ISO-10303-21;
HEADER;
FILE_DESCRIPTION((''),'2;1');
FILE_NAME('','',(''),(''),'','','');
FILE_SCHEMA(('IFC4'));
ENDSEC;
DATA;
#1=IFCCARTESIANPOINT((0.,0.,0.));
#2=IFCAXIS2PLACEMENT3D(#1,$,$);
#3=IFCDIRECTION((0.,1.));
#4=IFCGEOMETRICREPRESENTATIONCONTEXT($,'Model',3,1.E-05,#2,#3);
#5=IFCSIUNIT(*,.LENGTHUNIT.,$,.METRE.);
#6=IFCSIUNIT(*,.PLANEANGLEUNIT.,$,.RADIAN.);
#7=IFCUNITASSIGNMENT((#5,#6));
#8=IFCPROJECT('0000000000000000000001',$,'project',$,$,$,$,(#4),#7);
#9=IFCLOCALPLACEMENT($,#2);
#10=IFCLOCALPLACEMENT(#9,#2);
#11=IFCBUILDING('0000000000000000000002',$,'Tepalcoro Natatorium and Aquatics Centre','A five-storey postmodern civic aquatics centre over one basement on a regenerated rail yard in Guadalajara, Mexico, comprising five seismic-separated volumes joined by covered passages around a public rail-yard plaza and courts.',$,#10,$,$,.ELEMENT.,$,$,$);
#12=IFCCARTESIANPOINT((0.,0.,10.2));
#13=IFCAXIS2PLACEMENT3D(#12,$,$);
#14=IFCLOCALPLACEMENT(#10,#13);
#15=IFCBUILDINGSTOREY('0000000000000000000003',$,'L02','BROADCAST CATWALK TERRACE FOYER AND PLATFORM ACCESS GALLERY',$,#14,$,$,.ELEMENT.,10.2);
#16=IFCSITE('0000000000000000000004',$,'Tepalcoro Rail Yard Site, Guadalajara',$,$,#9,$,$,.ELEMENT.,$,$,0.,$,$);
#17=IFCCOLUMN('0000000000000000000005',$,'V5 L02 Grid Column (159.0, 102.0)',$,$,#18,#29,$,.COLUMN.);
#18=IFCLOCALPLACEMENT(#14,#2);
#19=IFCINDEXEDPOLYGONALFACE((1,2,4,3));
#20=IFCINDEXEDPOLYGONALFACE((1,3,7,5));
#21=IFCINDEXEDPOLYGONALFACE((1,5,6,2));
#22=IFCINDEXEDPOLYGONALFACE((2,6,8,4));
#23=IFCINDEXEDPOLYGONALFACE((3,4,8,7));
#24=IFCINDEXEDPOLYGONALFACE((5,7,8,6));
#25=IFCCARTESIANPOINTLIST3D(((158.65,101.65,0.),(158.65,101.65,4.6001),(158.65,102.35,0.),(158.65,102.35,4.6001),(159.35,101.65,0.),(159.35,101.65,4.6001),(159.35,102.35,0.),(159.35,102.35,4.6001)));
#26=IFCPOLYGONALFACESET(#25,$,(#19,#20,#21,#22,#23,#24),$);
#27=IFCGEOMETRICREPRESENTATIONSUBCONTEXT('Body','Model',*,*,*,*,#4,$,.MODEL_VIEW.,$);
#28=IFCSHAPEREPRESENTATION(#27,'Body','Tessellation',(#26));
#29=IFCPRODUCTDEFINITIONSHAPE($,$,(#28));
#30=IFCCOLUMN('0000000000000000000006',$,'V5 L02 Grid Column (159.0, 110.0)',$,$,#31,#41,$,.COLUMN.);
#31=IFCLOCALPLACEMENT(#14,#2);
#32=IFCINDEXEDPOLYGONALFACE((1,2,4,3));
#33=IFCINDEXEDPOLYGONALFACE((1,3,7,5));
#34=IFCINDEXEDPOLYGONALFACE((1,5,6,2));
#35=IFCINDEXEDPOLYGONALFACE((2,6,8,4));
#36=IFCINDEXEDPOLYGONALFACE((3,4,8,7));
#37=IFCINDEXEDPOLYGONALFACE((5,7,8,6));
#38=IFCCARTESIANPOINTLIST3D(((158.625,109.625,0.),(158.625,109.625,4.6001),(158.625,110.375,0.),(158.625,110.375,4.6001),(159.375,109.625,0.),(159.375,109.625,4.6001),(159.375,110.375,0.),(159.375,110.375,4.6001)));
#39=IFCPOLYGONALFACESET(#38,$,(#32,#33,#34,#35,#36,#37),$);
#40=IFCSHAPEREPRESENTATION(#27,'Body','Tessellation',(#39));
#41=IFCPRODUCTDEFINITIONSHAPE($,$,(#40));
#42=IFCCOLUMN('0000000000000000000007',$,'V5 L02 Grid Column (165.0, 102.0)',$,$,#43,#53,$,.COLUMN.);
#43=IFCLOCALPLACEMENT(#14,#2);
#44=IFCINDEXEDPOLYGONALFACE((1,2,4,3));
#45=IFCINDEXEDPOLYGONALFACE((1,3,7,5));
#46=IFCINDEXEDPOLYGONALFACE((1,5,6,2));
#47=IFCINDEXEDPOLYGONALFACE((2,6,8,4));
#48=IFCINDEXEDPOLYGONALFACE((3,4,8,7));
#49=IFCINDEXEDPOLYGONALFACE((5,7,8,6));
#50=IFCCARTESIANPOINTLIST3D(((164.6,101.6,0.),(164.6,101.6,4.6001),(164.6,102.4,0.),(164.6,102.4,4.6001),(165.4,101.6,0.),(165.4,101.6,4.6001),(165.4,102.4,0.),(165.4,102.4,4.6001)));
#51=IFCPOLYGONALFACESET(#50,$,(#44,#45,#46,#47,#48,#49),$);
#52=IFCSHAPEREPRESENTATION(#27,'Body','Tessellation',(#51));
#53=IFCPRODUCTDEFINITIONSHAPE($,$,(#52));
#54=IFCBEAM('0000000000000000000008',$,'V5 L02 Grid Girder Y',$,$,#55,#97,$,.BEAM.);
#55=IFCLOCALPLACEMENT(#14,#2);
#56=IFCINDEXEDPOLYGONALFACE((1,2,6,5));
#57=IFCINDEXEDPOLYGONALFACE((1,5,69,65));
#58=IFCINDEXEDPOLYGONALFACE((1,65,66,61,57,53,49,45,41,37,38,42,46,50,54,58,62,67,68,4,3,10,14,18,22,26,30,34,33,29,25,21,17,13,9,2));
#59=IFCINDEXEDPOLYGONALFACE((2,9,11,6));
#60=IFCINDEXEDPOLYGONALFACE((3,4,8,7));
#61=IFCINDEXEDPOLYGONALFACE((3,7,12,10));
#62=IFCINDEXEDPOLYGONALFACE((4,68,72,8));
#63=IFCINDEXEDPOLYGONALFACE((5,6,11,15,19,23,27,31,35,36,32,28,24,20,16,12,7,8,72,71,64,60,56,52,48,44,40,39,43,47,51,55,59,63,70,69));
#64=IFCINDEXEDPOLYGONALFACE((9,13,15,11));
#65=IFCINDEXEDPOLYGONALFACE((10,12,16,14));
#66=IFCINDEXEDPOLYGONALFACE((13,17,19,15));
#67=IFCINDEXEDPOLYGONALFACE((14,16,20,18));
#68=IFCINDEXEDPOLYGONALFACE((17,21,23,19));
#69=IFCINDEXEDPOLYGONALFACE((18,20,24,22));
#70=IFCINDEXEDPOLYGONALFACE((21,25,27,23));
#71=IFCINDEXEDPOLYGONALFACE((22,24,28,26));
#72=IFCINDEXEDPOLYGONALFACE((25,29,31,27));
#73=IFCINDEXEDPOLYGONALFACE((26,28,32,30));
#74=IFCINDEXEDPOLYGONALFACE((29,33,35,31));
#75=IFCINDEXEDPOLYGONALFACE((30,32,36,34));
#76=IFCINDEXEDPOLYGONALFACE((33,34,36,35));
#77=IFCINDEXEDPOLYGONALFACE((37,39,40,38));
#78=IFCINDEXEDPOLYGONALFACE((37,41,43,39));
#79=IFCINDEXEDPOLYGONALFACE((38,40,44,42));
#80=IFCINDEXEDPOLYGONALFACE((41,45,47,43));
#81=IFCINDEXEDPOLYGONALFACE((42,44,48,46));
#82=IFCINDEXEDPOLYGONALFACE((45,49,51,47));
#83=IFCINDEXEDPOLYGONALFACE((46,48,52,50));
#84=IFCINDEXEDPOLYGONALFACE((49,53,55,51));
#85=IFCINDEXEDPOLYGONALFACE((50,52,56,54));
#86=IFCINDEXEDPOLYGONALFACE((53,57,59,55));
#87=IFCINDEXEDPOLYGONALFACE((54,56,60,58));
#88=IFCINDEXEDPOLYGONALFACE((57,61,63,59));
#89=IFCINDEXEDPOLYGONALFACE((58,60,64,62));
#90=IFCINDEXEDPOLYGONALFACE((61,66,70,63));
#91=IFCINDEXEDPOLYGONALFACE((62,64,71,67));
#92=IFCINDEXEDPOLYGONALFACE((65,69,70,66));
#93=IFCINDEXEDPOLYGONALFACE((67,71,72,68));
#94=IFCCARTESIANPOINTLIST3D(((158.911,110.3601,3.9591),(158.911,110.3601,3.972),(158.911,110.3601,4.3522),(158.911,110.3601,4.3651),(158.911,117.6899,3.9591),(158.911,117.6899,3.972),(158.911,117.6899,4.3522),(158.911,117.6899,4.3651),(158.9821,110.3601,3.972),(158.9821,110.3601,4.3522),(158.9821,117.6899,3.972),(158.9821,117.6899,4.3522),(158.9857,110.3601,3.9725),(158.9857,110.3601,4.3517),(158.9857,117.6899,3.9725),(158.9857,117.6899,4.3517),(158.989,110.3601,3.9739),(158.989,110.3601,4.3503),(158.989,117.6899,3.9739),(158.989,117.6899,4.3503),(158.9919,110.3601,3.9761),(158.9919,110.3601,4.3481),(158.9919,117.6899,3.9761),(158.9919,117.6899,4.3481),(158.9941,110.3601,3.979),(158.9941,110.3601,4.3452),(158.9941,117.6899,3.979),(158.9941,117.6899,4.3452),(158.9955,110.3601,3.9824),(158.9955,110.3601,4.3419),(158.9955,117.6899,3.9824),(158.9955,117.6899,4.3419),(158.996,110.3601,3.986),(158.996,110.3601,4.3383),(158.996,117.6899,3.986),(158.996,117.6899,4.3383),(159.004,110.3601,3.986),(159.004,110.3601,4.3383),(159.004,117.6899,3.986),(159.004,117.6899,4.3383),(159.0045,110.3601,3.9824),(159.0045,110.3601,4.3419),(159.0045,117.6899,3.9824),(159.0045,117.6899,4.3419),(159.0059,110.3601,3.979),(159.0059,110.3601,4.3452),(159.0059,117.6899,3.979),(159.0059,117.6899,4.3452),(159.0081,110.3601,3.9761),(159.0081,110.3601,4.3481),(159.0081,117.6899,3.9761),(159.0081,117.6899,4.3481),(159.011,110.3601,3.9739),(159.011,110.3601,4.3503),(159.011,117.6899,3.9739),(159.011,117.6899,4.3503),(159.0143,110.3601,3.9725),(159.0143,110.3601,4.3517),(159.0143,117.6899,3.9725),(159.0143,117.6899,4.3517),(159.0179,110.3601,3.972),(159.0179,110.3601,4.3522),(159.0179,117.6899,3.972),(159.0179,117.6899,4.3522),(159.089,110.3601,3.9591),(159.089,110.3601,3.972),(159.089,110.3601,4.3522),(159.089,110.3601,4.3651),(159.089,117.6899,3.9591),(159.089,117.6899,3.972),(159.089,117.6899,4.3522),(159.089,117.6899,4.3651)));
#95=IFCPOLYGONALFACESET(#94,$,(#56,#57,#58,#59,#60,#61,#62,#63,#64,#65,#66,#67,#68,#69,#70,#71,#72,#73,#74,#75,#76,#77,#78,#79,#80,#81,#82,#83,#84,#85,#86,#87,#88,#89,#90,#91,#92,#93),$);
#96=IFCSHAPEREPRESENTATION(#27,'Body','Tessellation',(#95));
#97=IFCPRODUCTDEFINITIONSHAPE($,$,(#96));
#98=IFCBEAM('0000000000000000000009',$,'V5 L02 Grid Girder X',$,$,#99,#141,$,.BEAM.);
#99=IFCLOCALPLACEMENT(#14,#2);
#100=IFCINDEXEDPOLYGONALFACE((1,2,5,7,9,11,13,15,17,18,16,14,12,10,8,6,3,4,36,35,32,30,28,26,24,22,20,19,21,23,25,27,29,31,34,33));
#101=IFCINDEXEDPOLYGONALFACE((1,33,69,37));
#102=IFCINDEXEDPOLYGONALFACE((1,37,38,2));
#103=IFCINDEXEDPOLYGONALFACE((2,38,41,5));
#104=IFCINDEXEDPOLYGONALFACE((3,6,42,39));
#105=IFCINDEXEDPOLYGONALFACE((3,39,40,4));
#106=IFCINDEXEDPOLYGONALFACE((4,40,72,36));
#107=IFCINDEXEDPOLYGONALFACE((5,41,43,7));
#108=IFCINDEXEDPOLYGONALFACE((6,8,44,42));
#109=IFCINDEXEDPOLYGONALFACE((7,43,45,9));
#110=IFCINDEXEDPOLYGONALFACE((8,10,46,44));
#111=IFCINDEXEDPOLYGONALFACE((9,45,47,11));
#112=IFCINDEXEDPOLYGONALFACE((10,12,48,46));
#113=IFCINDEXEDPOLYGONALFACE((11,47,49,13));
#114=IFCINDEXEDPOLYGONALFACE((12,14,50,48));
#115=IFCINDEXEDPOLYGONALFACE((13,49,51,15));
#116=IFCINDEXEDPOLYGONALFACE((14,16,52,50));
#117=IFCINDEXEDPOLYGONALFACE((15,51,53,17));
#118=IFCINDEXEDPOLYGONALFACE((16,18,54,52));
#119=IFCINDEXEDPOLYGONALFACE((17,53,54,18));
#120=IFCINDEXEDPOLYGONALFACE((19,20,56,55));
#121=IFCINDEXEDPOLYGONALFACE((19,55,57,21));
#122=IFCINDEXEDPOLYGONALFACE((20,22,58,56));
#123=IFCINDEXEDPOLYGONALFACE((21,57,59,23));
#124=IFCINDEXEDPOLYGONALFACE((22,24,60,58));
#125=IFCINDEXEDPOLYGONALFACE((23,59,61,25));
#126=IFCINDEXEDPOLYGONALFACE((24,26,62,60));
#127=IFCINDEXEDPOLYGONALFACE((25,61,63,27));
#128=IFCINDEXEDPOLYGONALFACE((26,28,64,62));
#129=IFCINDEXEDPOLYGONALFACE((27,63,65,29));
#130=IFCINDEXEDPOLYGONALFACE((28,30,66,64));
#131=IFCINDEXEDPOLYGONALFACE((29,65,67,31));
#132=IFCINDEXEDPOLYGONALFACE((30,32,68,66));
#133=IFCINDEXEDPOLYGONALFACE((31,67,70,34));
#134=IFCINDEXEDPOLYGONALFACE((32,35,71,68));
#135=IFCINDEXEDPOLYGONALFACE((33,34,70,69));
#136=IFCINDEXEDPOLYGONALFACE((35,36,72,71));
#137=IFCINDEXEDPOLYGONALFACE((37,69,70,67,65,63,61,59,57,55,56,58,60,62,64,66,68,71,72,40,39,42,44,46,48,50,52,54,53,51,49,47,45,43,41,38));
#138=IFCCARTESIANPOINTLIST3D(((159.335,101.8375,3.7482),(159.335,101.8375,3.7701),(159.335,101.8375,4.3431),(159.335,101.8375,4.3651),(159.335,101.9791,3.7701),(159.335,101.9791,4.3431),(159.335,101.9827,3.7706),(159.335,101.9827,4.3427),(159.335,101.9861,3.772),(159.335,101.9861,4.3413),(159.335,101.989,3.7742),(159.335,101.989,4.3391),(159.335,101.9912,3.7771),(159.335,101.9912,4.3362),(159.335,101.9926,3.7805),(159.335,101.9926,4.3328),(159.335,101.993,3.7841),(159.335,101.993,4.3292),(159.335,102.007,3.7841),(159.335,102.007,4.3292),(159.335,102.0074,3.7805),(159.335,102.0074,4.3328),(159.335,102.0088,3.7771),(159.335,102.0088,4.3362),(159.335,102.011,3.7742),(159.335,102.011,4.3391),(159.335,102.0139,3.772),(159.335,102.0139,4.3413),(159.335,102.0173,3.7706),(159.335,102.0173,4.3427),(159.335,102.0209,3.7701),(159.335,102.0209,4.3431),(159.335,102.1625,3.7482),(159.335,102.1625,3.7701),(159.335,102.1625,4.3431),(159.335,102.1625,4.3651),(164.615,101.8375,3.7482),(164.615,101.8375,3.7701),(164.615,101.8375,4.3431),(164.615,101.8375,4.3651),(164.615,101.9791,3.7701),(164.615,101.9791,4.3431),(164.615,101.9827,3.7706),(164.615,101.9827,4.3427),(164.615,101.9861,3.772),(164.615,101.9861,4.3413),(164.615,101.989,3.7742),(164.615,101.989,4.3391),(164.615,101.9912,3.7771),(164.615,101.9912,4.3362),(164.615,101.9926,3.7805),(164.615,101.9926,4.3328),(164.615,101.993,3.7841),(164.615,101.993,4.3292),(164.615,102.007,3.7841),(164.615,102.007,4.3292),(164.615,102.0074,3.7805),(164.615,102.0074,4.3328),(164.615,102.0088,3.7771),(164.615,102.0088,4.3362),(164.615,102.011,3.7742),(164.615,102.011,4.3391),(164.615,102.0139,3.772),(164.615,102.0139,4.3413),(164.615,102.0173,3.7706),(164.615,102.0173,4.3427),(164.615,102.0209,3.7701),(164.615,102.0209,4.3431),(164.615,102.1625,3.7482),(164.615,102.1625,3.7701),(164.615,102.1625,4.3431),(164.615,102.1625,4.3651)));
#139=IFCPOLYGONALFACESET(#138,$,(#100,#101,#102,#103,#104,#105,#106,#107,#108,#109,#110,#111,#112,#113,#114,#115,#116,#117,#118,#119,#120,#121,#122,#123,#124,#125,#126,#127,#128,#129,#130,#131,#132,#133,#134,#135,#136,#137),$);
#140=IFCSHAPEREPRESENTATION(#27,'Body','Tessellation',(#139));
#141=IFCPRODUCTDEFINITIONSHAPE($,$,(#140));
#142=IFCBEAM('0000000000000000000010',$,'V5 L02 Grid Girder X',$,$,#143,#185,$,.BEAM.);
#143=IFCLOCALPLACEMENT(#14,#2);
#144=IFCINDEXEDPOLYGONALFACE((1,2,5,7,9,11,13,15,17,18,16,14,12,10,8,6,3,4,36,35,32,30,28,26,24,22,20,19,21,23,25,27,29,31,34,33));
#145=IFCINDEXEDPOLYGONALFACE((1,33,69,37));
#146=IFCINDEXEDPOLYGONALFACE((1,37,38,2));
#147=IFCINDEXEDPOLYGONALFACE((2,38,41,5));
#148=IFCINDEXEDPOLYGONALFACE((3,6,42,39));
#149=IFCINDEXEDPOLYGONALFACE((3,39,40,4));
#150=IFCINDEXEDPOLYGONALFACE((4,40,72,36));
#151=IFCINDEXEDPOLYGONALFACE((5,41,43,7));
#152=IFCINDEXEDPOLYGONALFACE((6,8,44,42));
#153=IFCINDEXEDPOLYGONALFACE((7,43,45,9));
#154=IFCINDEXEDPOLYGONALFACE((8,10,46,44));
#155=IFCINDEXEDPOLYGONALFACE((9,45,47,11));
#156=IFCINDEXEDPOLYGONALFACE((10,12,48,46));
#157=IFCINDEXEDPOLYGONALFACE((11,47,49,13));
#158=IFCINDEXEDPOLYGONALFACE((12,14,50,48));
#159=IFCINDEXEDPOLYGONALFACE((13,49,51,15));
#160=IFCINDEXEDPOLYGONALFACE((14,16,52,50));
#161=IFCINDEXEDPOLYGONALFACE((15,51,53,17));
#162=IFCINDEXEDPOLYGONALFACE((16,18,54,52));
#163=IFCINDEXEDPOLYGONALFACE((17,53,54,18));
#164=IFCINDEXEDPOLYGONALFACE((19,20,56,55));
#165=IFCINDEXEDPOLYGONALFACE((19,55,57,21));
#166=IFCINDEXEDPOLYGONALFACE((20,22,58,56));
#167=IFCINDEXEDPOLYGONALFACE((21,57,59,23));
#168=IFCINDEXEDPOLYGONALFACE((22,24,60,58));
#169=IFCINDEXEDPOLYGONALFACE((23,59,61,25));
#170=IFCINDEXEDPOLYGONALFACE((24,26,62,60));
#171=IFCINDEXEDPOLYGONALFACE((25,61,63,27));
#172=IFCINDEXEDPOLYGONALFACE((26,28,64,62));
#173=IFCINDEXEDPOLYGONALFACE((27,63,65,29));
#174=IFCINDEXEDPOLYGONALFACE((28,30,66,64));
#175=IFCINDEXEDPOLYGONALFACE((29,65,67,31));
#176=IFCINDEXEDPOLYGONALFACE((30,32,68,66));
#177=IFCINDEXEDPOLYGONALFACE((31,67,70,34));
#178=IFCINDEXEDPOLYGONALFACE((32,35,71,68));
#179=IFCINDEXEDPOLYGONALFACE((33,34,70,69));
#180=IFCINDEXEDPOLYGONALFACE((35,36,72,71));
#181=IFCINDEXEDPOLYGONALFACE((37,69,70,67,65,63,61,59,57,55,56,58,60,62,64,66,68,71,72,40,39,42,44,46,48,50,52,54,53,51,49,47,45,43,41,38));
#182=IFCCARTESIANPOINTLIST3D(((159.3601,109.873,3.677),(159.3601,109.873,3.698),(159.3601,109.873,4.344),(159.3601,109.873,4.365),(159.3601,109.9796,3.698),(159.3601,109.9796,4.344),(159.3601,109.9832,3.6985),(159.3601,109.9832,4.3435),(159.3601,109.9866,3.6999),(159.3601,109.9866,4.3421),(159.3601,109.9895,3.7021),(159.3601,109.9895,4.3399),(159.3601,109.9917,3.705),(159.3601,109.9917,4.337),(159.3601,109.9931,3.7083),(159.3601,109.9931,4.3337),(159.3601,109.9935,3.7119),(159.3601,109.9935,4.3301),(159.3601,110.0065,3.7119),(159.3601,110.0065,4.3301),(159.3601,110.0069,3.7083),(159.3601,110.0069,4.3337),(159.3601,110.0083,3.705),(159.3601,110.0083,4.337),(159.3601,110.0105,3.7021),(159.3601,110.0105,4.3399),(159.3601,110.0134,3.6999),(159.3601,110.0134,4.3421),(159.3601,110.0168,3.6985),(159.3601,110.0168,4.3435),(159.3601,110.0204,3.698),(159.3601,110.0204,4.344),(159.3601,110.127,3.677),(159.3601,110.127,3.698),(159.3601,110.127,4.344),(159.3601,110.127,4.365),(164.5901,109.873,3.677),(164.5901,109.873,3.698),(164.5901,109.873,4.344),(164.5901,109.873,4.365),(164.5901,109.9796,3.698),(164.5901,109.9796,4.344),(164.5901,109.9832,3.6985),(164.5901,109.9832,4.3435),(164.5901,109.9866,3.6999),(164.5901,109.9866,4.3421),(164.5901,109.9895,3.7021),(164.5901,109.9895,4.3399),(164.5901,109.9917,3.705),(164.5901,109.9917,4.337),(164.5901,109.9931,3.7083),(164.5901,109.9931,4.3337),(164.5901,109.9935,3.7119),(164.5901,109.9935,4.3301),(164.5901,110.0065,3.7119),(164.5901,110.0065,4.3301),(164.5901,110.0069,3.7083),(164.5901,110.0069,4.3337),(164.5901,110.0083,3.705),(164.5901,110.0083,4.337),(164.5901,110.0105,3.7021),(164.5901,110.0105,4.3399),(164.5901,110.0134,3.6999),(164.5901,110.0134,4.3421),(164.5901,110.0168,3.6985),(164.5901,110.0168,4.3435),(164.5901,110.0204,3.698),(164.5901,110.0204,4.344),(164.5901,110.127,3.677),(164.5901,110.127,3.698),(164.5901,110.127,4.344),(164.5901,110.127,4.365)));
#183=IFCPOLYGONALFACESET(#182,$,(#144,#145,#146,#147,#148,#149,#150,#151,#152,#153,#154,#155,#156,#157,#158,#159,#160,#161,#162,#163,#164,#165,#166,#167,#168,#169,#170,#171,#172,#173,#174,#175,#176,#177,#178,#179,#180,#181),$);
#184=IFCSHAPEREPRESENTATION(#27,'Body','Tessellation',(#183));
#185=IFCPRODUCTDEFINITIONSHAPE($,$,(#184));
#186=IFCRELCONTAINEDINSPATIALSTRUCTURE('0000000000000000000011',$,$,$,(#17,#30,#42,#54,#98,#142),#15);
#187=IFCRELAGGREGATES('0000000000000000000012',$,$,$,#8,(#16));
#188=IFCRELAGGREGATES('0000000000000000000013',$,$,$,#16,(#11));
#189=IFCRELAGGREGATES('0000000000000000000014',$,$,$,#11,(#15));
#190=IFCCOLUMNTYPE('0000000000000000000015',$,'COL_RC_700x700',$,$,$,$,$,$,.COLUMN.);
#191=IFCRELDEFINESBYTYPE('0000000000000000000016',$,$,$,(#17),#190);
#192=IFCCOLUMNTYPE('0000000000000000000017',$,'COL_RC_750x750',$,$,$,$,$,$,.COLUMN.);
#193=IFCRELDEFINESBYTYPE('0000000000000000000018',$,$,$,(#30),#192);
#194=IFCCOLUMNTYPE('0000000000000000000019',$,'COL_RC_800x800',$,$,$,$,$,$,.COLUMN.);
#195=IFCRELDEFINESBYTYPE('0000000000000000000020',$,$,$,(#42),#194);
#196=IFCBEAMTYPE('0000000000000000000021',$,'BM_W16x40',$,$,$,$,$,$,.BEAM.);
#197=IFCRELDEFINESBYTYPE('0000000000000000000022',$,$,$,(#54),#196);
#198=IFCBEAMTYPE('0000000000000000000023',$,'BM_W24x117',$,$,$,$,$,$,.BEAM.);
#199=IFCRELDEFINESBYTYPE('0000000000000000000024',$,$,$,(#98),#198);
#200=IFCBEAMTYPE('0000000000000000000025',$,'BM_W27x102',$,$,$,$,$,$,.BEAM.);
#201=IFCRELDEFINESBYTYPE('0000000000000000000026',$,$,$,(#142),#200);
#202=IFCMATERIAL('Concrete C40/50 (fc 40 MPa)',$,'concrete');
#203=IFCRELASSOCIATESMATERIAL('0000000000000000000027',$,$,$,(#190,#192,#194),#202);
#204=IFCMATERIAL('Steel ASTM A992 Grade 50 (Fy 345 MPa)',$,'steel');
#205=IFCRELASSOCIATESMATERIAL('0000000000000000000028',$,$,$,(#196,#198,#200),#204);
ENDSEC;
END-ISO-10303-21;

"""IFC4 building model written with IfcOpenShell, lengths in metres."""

from ifc_helpers import new_model, si_unit, direction, frame, origin, origin_2d, place, context, subcontext, project, spatial, rectangle, i_section, extrude, material, material_profile, profile_set, type_object, element, save


model = new_model("IFC4")

# Units and contexts
model_context = context("Model", 3, precision=1e-05, world=origin(), true_north=direction((0.0, 1.0)))
body_context = subcontext(model_context, "Body", "Model", "MODEL_VIEW")
ifc_project = project(units=[si_unit("LENGTHUNIT", "METRE"), si_unit("PLANEANGLEUNIT", "RADIAN")], contexts=[model_context])

# Site, building, storey
site_placement = place(None, origin())
site = spatial("IfcSite", under=ifc_project, at=site_placement, Name="Tepalcoro Rail Yard Site, Guadalajara", CompositionType="ELEMENT", RefElevation=0.0)
building_placement = place(site_placement, origin())
building = spatial("IfcBuilding", under=site, at=building_placement, Name="Tepalcoro Natatorium and Aquatics Centre", Description="A five-storey postmodern civic aquatics centre over one basement on a regenerated rail yard in Guadalajara, Mexico, comprising five seismic-separated volumes joined by covered passages around a public rail-yard plaza and courts.", CompositionType="ELEMENT")
storey_placement = place(building_placement, frame((0.0, 0.0, 10.2)))
storey = spatial("IfcBuildingStorey", under=building, at=storey_placement, Name="L02", Description="BROADCAST CATWALK TERRACE FOYER AND PLATFORM ACCESS GALLERY", CompositionType="ELEMENT", Elevation=10.2)

# Columns
ifc_material_1 = material(Name="Concrete C40/50 (fc 40 MPa)", Category="concrete")
ifc_material_profile_1 = material_profile(ifc_material_1, rectangle(XDim=0.7, YDim=0.7, at=origin_2d()), Name="RC700x700")
ifc_profile_set_1 = profile_set([ifc_material_profile_1], Name="Concrete C40/50 (fc 40 MPa)")
column_type_1 = type_object("IfcColumnType", Name="COL_RC_700x700", PredefinedType="COLUMN", material=ifc_profile_set_1)
column_1_placement = place(storey_placement, frame((159.0, 102.0, 0.0), z_axis=(0.0, 0.0, 1.0), x_axis=(1.0, 0.0, 0.0)))
element("IfcColumn", 1, at=column_1_placement, inside=storey, type_object=column_type_1, Name="V5 L02 Grid Column (159.0, 102.0)", PredefinedType="COLUMN", context=body_context, shape_type="SweptSolid", body=[
    extrude(rectangle(XDim=0.7, YDim=0.7, at=origin_2d()), origin(), (0.0, 0.0, 1.0), 4.6001),
])
ifc_material_profile_2 = material_profile(ifc_material_1, rectangle(XDim=0.75, YDim=0.75, at=origin_2d()), Name="RC750x750")
ifc_profile_set_2 = profile_set([ifc_material_profile_2], Name="Concrete C40/50 (fc 40 MPa)")
column_type_2 = type_object("IfcColumnType", Name="COL_RC_750x750", PredefinedType="COLUMN", material=ifc_profile_set_2)
column_2_placement = place(storey_placement, frame((159.0, 110.0, 0.0), z_axis=(0.0, 0.0, 1.0), x_axis=(1.0, 0.0, 0.0)))
element("IfcColumn", 2, at=column_2_placement, inside=storey, type_object=column_type_2, Name="V5 L02 Grid Column (159.0, 110.0)", PredefinedType="COLUMN", context=body_context, shape_type="SweptSolid", body=[
    extrude(rectangle(XDim=0.75, YDim=0.75, at=origin_2d()), origin(), (0.0, 0.0, 1.0), 4.6001),
])
ifc_material_profile_3 = material_profile(ifc_material_1, rectangle(XDim=0.8, YDim=0.8, at=origin_2d()), Name="RC800x800")
ifc_profile_set_3 = profile_set([ifc_material_profile_3], Name="Concrete C40/50 (fc 40 MPa)")
column_type_3 = type_object("IfcColumnType", Name="COL_RC_800x800", PredefinedType="COLUMN", material=ifc_profile_set_3)
column_3_placement = place(storey_placement, frame((165.0, 102.0, 0.0), z_axis=(0.0, 0.0, 1.0), x_axis=(1.0, 0.0, 0.0)))
element("IfcColumn", 3, at=column_3_placement, inside=storey, type_object=column_type_3, Name="V5 L02 Grid Column (165.0, 102.0)", PredefinedType="COLUMN", context=body_context, shape_type="SweptSolid", body=[
    extrude(rectangle(XDim=0.8, YDim=0.8, at=origin_2d()), origin(), (0.0, 0.0, 1.0), 4.6001),
])

# Beams
ifc_material_2 = material(Name="Steel ASTM A992 Grade 50 (Fy 345 MPa)", Category="steel")
ifc_material_profile_4 = material_profile(ifc_material_2, i_section(OverallWidth=0.178, OverallDepth=0.406, WebThickness=0.0081, FlangeThickness=0.0129, FilletRadius=0.0139, at=origin_2d()), Name="W16X40")
ifc_profile_set_4 = profile_set([ifc_material_profile_4], Name="Steel ASTM A992 Grade 50 (Fy 345 MPa)")
beam_type_1 = type_object("IfcBeamType", Name="BM_W16x40", PredefinedType="BEAM", material=ifc_profile_set_4)
beam_1_placement = place(storey_placement, frame((159.0, 110.3601, 4.1621), z_axis=(0.0, 1.0, 0.0), x_axis=(-1.0, 0.0, 0.0)))
element("IfcBeam", 4, at=beam_1_placement, inside=storey, type_object=beam_type_1, Name="V5 L02 Grid Girder Y", PredefinedType="BEAM", context=body_context, shape_type="SweptSolid", body=[
    extrude(i_section(OverallWidth=0.178, OverallDepth=0.406, WebThickness=0.0081, FlangeThickness=0.0129, FilletRadius=0.0139, at=origin_2d()), origin(), (0.0, 0.0, 1.0), 7.3298),
])
ifc_material_profile_5 = material_profile(ifc_material_2, i_section(OverallWidth=0.325, OverallDepth=0.6169, WebThickness=0.0139, FlangeThickness=0.022, FilletRadius=0.0139, at=origin_2d()), Name="W24X117")
ifc_profile_set_5 = profile_set([ifc_material_profile_5], Name="Steel ASTM A992 Grade 50 (Fy 345 MPa)")
beam_type_2 = type_object("IfcBeamType", Name="BM_W24x117", PredefinedType="BEAM", material=ifc_profile_set_5)
beam_2_placement = place(storey_placement, frame((159.335, 102.0, 4.0566), z_axis=(1.0, 0.0, 0.0), x_axis=(0.0, 1.0, 0.0)))
element("IfcBeam", 5, at=beam_2_placement, inside=storey, type_object=beam_type_2, Name="V5 L02 Grid Girder X", PredefinedType="BEAM", context=body_context, shape_type="SweptSolid", body=[
    extrude(i_section(OverallWidth=0.325, OverallDepth=0.6169, WebThickness=0.0139, FlangeThickness=0.022, FilletRadius=0.0139, at=origin_2d()), origin(), (0.0, 0.0, 1.0), 5.28),
])
ifc_material_profile_6 = material_profile(ifc_material_2, i_section(OverallWidth=0.2539, OverallDepth=0.688, WebThickness=0.0129, FlangeThickness=0.021, FilletRadius=0.0139, at=origin_2d()), Name="W27X102")
ifc_profile_set_6 = profile_set([ifc_material_profile_6], Name="Steel ASTM A992 Grade 50 (Fy 345 MPa)")
beam_type_3 = type_object("IfcBeamType", Name="BM_W27x102", PredefinedType="BEAM", material=ifc_profile_set_6)
beam_3_placement = place(storey_placement, frame((159.3601, 110.0, 4.021), z_axis=(1.0, 0.0, 0.0), x_axis=(0.0, 1.0, 0.0)))
element("IfcBeam", 6, at=beam_3_placement, inside=storey, type_object=beam_type_3, Name="V5 L02 Grid Girder X", PredefinedType="BEAM", context=body_context, shape_type="SweptSolid", body=[
    extrude(i_section(OverallWidth=0.2539, OverallDepth=0.688, WebThickness=0.0129, FlangeThickness=0.021, FilletRadius=0.0139, at=origin_2d()), origin(), (0.0, 0.0, 1.0), 5.23),
])

save(model, "model.ifc")
